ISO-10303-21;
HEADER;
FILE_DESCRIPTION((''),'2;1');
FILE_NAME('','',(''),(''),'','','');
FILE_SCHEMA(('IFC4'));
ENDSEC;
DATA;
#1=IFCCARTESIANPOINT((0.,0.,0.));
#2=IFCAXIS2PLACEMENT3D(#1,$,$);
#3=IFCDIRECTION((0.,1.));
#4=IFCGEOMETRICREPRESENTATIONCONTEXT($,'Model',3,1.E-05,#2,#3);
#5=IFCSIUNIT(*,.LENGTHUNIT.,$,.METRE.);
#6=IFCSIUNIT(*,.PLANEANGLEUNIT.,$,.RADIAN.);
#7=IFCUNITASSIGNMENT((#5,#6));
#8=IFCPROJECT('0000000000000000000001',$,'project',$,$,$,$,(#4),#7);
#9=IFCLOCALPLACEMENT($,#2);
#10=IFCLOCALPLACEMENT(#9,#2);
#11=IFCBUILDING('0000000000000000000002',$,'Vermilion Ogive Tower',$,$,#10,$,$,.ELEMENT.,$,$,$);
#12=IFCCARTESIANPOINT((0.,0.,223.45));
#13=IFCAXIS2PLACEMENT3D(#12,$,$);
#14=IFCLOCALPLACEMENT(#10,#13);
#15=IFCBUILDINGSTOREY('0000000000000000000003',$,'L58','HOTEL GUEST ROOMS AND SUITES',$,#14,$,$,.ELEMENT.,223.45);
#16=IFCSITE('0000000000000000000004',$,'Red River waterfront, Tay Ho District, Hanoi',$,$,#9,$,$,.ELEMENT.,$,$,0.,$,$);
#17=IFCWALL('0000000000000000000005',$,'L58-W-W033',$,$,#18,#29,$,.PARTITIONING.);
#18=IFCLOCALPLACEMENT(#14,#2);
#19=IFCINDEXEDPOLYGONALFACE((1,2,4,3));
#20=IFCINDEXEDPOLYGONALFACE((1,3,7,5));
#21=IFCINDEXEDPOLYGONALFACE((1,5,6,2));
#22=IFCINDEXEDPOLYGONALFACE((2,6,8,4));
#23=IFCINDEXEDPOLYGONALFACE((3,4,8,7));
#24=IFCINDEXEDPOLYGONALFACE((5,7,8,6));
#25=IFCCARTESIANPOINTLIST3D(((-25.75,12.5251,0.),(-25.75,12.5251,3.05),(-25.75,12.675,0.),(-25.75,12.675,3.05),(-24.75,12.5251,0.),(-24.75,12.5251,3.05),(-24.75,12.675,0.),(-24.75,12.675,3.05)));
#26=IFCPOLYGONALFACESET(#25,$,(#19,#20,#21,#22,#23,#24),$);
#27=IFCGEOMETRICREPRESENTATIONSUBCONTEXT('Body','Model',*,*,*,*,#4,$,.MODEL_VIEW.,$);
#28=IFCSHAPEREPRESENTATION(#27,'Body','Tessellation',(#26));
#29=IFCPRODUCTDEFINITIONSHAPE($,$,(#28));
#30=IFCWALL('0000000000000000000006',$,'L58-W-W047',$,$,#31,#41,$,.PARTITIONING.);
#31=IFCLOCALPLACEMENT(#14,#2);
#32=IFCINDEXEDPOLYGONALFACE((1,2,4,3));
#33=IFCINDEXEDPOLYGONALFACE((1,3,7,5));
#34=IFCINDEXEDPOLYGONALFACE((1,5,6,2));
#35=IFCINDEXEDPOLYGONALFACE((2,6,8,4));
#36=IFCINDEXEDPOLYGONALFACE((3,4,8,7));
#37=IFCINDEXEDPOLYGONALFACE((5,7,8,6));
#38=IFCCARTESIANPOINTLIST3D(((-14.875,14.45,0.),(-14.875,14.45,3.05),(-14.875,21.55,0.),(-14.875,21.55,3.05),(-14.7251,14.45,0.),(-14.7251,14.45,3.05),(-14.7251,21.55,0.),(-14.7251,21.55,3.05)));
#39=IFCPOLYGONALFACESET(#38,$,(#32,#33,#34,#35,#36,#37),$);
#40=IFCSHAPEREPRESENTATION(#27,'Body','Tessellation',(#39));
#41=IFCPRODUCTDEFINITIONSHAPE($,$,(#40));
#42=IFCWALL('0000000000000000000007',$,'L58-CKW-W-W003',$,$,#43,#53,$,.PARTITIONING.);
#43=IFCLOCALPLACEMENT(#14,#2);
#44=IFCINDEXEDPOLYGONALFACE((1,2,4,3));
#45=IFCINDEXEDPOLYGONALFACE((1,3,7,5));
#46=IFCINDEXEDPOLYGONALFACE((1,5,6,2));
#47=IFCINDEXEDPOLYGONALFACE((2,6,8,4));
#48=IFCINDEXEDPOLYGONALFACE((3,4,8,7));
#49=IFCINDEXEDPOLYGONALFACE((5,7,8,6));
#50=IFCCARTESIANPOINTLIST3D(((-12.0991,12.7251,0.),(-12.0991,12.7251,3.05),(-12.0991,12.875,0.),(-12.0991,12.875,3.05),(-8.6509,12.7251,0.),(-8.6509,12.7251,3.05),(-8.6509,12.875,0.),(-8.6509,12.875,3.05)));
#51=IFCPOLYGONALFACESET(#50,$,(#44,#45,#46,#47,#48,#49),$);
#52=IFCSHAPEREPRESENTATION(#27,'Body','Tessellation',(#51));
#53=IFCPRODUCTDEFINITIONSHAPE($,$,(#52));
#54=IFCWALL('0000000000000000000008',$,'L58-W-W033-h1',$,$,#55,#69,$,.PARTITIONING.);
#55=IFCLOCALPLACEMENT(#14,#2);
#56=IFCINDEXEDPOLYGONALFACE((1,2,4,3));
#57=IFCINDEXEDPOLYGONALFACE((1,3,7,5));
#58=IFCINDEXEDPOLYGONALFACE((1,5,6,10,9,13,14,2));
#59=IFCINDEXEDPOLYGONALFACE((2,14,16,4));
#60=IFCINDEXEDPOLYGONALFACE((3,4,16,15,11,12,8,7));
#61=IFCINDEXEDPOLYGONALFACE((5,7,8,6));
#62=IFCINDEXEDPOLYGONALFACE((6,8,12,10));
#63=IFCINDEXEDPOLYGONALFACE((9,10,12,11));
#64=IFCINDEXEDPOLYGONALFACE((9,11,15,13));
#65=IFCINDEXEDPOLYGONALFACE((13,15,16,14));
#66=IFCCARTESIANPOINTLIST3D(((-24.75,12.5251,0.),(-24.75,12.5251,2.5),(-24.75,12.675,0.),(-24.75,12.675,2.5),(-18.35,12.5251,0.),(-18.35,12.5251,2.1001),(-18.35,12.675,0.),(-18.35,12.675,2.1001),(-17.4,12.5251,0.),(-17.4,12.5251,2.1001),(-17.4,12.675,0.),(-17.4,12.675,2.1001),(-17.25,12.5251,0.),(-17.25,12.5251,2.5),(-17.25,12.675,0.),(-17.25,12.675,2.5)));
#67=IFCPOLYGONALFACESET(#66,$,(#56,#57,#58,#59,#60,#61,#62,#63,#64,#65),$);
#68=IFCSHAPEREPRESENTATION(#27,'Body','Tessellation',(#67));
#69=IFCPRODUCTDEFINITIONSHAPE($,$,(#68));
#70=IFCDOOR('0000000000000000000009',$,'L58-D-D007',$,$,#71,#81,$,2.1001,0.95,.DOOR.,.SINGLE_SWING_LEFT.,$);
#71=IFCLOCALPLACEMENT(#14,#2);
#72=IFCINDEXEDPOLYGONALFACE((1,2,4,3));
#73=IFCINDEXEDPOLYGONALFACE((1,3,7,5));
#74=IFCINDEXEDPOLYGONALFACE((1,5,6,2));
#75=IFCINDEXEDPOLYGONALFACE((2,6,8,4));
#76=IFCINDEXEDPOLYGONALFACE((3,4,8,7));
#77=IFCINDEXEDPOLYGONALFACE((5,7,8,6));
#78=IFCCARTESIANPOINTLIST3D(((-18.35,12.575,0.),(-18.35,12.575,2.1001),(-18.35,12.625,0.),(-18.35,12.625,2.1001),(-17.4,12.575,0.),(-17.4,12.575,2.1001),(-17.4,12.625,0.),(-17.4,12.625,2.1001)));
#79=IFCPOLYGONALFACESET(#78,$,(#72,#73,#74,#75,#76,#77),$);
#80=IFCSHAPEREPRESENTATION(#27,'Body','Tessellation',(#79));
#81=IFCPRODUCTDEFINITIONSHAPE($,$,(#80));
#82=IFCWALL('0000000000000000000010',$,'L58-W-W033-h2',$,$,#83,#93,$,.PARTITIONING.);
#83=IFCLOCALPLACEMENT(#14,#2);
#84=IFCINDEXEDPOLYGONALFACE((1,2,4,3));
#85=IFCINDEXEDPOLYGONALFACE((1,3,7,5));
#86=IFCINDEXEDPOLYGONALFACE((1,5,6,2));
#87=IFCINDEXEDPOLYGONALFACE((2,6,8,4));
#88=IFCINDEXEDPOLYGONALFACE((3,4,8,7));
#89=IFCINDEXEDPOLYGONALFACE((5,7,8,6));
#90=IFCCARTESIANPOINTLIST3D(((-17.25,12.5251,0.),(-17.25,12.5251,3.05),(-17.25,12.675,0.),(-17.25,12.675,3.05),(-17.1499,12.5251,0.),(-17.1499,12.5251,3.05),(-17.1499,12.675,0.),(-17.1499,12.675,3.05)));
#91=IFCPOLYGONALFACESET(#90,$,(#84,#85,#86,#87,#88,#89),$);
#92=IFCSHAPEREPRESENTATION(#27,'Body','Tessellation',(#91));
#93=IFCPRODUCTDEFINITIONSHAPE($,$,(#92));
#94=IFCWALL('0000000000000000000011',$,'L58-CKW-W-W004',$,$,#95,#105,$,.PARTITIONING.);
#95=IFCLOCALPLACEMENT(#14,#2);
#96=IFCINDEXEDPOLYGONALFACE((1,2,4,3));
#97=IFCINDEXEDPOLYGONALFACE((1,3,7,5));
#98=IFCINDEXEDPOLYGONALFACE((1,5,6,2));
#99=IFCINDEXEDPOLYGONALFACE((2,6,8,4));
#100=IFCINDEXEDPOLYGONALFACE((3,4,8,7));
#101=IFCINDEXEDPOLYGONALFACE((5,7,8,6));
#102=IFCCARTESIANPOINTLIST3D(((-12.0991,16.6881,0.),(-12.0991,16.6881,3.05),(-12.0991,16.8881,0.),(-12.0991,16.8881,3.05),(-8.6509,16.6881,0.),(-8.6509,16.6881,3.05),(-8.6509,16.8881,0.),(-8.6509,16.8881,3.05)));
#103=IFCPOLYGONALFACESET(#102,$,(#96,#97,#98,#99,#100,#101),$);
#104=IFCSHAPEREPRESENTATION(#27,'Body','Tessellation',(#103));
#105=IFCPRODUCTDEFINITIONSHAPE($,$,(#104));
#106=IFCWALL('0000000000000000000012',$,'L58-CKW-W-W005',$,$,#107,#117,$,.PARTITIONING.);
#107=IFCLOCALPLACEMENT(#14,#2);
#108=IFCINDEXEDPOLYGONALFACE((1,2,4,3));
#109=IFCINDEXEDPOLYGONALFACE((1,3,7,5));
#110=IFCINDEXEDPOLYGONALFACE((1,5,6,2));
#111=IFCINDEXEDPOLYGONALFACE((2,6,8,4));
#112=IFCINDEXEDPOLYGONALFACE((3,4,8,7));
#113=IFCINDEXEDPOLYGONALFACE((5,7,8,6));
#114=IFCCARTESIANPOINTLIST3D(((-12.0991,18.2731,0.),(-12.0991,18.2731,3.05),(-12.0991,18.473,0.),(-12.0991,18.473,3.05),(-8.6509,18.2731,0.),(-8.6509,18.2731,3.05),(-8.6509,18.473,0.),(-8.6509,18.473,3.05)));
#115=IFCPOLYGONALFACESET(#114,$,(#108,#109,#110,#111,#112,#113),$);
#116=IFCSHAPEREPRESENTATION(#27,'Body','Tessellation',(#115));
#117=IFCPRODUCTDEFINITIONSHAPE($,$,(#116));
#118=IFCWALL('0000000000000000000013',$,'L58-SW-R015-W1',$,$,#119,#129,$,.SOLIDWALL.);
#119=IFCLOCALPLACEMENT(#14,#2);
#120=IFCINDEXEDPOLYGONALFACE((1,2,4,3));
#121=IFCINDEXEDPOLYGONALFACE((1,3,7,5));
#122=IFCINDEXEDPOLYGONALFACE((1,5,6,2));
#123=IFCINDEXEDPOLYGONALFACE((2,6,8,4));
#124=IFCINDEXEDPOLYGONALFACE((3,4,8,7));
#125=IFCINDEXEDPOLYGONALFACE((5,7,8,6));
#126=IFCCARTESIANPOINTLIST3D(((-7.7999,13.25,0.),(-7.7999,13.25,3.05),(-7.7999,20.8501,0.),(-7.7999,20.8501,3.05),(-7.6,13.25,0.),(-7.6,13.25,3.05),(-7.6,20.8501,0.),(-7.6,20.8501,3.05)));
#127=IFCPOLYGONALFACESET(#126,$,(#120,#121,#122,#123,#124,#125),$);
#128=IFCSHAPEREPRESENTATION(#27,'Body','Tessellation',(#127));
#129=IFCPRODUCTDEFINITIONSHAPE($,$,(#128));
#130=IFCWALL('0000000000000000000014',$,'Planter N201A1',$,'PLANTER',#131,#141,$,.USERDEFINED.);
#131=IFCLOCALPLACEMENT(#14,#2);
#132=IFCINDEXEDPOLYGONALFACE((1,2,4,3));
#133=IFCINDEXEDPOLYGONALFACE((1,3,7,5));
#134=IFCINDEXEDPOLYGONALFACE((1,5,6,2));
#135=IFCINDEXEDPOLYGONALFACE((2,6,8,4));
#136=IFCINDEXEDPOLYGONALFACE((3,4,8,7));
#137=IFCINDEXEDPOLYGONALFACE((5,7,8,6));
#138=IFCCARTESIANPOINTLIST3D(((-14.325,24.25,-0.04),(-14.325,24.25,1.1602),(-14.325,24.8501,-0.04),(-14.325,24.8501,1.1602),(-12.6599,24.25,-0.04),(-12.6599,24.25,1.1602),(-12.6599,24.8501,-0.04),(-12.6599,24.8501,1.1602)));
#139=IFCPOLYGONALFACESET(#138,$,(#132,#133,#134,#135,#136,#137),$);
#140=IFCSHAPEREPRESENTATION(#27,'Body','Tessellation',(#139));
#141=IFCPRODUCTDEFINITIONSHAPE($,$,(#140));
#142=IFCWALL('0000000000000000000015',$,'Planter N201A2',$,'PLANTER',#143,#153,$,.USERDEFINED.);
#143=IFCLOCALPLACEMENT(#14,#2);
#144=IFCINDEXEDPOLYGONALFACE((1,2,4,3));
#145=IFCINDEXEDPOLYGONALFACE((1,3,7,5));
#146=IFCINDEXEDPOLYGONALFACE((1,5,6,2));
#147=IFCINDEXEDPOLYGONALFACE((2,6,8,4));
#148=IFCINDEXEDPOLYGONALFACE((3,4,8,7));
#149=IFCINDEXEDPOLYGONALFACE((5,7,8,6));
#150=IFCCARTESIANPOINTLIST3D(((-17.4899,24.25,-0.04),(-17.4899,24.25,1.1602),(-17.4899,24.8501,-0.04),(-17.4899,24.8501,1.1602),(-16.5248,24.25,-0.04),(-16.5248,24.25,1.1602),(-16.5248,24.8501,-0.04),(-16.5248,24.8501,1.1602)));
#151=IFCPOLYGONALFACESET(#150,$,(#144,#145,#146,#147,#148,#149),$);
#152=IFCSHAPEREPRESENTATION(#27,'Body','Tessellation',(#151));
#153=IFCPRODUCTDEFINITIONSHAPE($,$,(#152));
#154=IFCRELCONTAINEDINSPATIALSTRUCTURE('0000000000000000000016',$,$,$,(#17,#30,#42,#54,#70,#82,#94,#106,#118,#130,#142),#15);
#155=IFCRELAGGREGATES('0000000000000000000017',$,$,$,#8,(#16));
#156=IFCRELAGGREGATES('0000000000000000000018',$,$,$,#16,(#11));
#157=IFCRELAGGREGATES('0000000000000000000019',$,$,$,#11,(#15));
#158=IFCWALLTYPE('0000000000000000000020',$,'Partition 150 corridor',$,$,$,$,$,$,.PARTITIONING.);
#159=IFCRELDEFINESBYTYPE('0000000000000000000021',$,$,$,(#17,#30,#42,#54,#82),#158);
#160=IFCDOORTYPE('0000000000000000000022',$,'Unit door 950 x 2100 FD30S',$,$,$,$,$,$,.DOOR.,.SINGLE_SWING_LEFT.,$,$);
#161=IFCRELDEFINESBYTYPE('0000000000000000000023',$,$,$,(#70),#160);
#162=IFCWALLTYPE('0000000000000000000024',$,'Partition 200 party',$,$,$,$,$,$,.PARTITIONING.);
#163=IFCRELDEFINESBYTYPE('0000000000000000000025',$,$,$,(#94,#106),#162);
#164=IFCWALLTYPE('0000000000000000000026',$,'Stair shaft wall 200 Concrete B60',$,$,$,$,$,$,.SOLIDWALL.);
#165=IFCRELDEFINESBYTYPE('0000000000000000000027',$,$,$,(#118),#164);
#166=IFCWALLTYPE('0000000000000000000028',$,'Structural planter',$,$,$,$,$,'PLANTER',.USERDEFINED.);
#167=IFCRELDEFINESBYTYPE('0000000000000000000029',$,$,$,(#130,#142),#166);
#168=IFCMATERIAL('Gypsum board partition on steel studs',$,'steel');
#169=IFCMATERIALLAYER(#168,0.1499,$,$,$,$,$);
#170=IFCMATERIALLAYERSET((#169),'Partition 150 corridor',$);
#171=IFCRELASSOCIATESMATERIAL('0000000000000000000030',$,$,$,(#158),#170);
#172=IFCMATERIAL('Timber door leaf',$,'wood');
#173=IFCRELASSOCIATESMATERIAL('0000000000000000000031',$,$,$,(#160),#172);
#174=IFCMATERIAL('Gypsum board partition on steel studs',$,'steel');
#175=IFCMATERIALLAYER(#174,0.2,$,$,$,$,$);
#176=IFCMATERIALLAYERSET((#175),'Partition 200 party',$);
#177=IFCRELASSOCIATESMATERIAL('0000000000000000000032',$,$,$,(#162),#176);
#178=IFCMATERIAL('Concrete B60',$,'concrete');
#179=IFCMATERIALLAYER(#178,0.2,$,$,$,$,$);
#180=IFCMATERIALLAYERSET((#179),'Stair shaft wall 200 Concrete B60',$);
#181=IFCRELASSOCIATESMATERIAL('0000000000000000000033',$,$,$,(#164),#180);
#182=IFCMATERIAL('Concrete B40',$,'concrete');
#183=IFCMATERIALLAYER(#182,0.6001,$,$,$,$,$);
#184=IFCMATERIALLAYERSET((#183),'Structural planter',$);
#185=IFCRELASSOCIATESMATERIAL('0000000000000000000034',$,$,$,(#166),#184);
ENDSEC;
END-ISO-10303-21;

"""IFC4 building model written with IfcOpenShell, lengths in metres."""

from ifc_helpers import new_model, si_unit, direction, frame, frame_2d, origin, place, context, subcontext, project, spatial, rectangle, extrude, material, layer, layer_set, type_object, element, fill, save


model = new_model("IFC4")

# Units and contexts
model_context = context("Model", 3, precision=1e-05, world=origin(), true_north=direction((0.0, 1.0)))
body_context = subcontext(model_context, "Body", "Model", "MODEL_VIEW")
ifc_project = project(units=[si_unit("LENGTHUNIT", "METRE"), si_unit("PLANEANGLEUNIT", "RADIAN")], contexts=[model_context])

# Site, building, storey
site_placement = place(None, origin())
site = spatial("IfcSite", under=ifc_project, at=site_placement, Name="Red River waterfront, Tay Ho District, Hanoi", CompositionType="ELEMENT", RefElevation=0.0)
building_placement = place(site_placement, origin())
building = spatial("IfcBuilding", under=site, at=building_placement, Name="Vermilion Ogive Tower", CompositionType="ELEMENT")
storey_placement = place(building_placement, frame((0.0, 0.0, 223.45)))
storey = spatial("IfcBuildingStorey", under=building, at=storey_placement, Name="L58", Description="HOTEL GUEST ROOMS AND SUITES", CompositionType="ELEMENT", Elevation=223.45)

# Walls
ifc_material_1 = material(Name="Gypsum board partition on steel studs", Category="steel")
ifc_layer_1 = layer(ifc_material_1, 0.1499)
ifc_layer_set_1 = layer_set([ifc_layer_1], Name="Partition 150 corridor")
wall_type_1 = type_object("IfcWallType", Name="Partition 150 corridor", PredefinedType="PARTITIONING", material=ifc_layer_set_1)
wall_1_placement = place(storey_placement, frame((-25.75, 12.6001, 0.0), z_axis=(0.0, 0.0, 1.0), x_axis=(1.0, 0.0, 0.0)))
element("IfcWall", 1, at=wall_1_placement, inside=storey, type_object=wall_type_1, Name="L58-W-W033", PredefinedType="PARTITIONING", context=body_context, shape_type="SweptSolid", body=[
    extrude(rectangle(XDim=1.0, YDim=0.1499, at=frame_2d((0.5, 0.0))), origin(), (0.0, 0.0, 1.0), 3.05),
])
wall_2_placement = place(storey_placement, frame((-14.8, 14.45, 0.0), z_axis=(0.0, 0.0, 1.0), x_axis=(0.0, 1.0, 0.0)))
element("IfcWall", 2, at=wall_2_placement, inside=storey, type_object=wall_type_1, Name="L58-W-W047", PredefinedType="PARTITIONING", context=body_context, shape_type="SweptSolid", body=[
    extrude(rectangle(XDim=7.1001, YDim=0.1499, at=frame_2d((3.55, 0.0))), origin(), (0.0, 0.0, 1.0), 3.05),
])
wall_3_placement = place(storey_placement, frame((-12.0991, 12.8, 0.0), z_axis=(0.0, 0.0, 1.0), x_axis=(1.0, 0.0, 0.0)))
element("IfcWall", 3, at=wall_3_placement, inside=storey, type_object=wall_type_1, Name="L58-CKW-W-W003", PredefinedType="PARTITIONING", context=body_context, shape_type="SweptSolid", body=[
    extrude(rectangle(XDim=3.4482, YDim=0.1499, at=frame_2d((1.7241, 0.0))), origin(), (0.0, 0.0, 1.0), 3.05),
])

# Wall, opening, door
wall_4_placement = place(storey_placement, frame((-24.75, 12.6001, 0.0), z_axis=(0.0, 0.0, 1.0), x_axis=(1.0, 0.0, 0.0)))
wall_4 = element("IfcWall", 4, at=wall_4_placement, inside=storey, type_object=wall_type_1, Name="L58-W-W033-h1", PredefinedType="PARTITIONING", context=body_context, shape_type="SweptSolid", body=[
    extrude(rectangle(XDim=7.5, YDim=0.1499, at=frame_2d((3.75, 0.0))), origin(), (0.0, 0.0, 1.0), 2.5),
])
opening_1_placement = place(wall_4_placement, frame((6.3999, 0.0, 0.0)))
opening_1 = element("IfcOpeningElement", 5, at=opening_1_placement, cuts=wall_4, PredefinedType="OPENING", context=body_context, shape_type="SweptSolid", body=[
    extrude(rectangle(XDim=0.95, YDim=2.1001, at=frame_2d((0.4751, 1.05))), frame((0.0, 0.085, 0.0), z_axis=(0.0, -1.0, 0.0), x_axis=(1.0, 0.0, 0.0)), (0.0, 0.0, 1.0), 0.1699),
])
ifc_material_2 = material(Name="Timber door leaf", Category="wood")
door_type_1 = type_object("IfcDoorType", Name="Unit door 950 x 2100 FD30S", OperationType="SINGLE_SWING_LEFT", PredefinedType="DOOR", material=ifc_material_2)
door_1_placement = place(opening_1_placement, origin())
door_1 = element("IfcDoor", 6, at=door_1_placement, inside=storey, type_object=door_type_1, Name="L58-D-D007", OperationType="SINGLE_SWING_LEFT", OverallHeight=2.1001, OverallWidth=0.95, PredefinedType="DOOR", context=body_context, shape_type="SweptSolid", body=[
    extrude(rectangle(XDim=0.95, YDim=2.1001, at=frame_2d((0.4751, 1.05))), frame((0.0, 0.0249, 0.0), z_axis=(0.0, -1.0, 0.0), x_axis=(1.0, 0.0, 0.0)), (0.0, 0.0, 1.0), 0.05),
])
fill(opening_1, door_1)

# Walls
wall_5_placement = place(storey_placement, frame((-17.25, 12.6001, 0.0), z_axis=(0.0, 0.0, 1.0), x_axis=(1.0, 0.0, 0.0)))
element("IfcWall", 7, at=wall_5_placement, inside=storey, type_object=wall_type_1, Name="L58-W-W033-h2", PredefinedType="PARTITIONING", context=body_context, shape_type="SweptSolid", body=[
    extrude(rectangle(XDim=0.1001, YDim=0.1499, at=frame_2d((0.05, 0.0))), origin(), (0.0, 0.0, 1.0), 3.05),
])
ifc_material_3 = material(Name="Gypsum board partition on steel studs", Category="steel")
ifc_layer_2 = layer(ifc_material_3, 0.2)
ifc_layer_set_2 = layer_set([ifc_layer_2], Name="Partition 200 party")
wall_type_2 = type_object("IfcWallType", Name="Partition 200 party", PredefinedType="PARTITIONING", material=ifc_layer_set_2)
for number, where, z_axis, x_axis, name in (
    (8, (-12.0991, 16.7881, 0.0), (0.0, 0.0, 1.0), (1.0, 0.0, 0.0), "L58-CKW-W-W004"),
    (9, (-12.0991, 18.373, 0.0), (0.0, 0.0, 1.0), (1.0, 0.0, 0.0), "L58-CKW-W-W005"),
):
    element("IfcWall", number, at=place(storey_placement, frame(where, z_axis=z_axis, x_axis=x_axis)), inside=storey, type_object=wall_type_2, Name=name, PredefinedType="PARTITIONING", context=body_context, shape_type="SweptSolid", body=[
        extrude(rectangle(XDim=3.4482, YDim=0.2, at=frame_2d((1.7241, 0.0))), origin(), (0.0, 0.0, 1.0), 3.05),
    ])
ifc_material_4 = material(Name="Concrete B60", Category="concrete")
ifc_layer_3 = layer(ifc_material_4, 0.2)
ifc_layer_set_3 = layer_set([ifc_layer_3], Name="Stair shaft wall 200 Concrete B60")
wall_type_3 = type_object("IfcWallType", Name="Stair shaft wall 200 Concrete B60", PredefinedType="SOLIDWALL", material=ifc_layer_set_3)
wall_6_placement = place(storey_placement, frame((-7.7, 13.25, 0.0), z_axis=(0.0, 0.0, 1.0), x_axis=(0.0, 1.0, 0.0)))
element("IfcWall", 10, at=wall_6_placement, inside=storey, type_object=wall_type_3, Name="L58-SW-R015-W1", PredefinedType="SOLIDWALL", context=body_context, shape_type="SweptSolid", body=[
    extrude(rectangle(XDim=7.6001, YDim=0.2, at=frame_2d((3.8, 0.0))), origin(), (0.0, 0.0, 1.0), 3.05),
])
ifc_material_5 = material(Name="Concrete B40", Category="concrete")
ifc_layer_4 = layer(ifc_material_5, 0.6001)
ifc_layer_set_4 = layer_set([ifc_layer_4], Name="Structural planter")
wall_type_4 = type_object("IfcWallType", Name="Structural planter", ElementType="PLANTER", PredefinedType="USERDEFINED", material=ifc_layer_set_4)
wall_7_placement = place(storey_placement, frame((-12.6599, 24.55, -0.04), z_axis=(0.0, 0.0, 1.0), x_axis=(-1.0, 0.0, 0.0)))
element("IfcWall", 11, at=wall_7_placement, inside=storey, type_object=wall_type_4, Name="Planter N201A1", ObjectType="PLANTER", PredefinedType="USERDEFINED", context=body_context, shape_type="SweptSolid", body=[
    extrude(rectangle(XDim=1.665, YDim=0.6001, at=frame_2d((0.8325, 0.0))), origin(), (0.0, 0.0, 1.0), 1.2002),
])
wall_8_placement = place(storey_placement, frame((-16.5249, 24.55, -0.04), z_axis=(0.0, 0.0, 1.0), x_axis=(-1.0, 0.0, 0.0)))
element("IfcWall", 12, at=wall_8_placement, inside=storey, type_object=wall_type_4, Name="Planter N201A2", ObjectType="PLANTER", PredefinedType="USERDEFINED", context=body_context, shape_type="SweptSolid", body=[
    extrude(rectangle(XDim=0.9651, YDim=0.6001, at=frame_2d((0.4824, 0.0))), origin(), (0.0, 0.0, 1.0), 1.2002),
])

save(model, "model.ifc")
